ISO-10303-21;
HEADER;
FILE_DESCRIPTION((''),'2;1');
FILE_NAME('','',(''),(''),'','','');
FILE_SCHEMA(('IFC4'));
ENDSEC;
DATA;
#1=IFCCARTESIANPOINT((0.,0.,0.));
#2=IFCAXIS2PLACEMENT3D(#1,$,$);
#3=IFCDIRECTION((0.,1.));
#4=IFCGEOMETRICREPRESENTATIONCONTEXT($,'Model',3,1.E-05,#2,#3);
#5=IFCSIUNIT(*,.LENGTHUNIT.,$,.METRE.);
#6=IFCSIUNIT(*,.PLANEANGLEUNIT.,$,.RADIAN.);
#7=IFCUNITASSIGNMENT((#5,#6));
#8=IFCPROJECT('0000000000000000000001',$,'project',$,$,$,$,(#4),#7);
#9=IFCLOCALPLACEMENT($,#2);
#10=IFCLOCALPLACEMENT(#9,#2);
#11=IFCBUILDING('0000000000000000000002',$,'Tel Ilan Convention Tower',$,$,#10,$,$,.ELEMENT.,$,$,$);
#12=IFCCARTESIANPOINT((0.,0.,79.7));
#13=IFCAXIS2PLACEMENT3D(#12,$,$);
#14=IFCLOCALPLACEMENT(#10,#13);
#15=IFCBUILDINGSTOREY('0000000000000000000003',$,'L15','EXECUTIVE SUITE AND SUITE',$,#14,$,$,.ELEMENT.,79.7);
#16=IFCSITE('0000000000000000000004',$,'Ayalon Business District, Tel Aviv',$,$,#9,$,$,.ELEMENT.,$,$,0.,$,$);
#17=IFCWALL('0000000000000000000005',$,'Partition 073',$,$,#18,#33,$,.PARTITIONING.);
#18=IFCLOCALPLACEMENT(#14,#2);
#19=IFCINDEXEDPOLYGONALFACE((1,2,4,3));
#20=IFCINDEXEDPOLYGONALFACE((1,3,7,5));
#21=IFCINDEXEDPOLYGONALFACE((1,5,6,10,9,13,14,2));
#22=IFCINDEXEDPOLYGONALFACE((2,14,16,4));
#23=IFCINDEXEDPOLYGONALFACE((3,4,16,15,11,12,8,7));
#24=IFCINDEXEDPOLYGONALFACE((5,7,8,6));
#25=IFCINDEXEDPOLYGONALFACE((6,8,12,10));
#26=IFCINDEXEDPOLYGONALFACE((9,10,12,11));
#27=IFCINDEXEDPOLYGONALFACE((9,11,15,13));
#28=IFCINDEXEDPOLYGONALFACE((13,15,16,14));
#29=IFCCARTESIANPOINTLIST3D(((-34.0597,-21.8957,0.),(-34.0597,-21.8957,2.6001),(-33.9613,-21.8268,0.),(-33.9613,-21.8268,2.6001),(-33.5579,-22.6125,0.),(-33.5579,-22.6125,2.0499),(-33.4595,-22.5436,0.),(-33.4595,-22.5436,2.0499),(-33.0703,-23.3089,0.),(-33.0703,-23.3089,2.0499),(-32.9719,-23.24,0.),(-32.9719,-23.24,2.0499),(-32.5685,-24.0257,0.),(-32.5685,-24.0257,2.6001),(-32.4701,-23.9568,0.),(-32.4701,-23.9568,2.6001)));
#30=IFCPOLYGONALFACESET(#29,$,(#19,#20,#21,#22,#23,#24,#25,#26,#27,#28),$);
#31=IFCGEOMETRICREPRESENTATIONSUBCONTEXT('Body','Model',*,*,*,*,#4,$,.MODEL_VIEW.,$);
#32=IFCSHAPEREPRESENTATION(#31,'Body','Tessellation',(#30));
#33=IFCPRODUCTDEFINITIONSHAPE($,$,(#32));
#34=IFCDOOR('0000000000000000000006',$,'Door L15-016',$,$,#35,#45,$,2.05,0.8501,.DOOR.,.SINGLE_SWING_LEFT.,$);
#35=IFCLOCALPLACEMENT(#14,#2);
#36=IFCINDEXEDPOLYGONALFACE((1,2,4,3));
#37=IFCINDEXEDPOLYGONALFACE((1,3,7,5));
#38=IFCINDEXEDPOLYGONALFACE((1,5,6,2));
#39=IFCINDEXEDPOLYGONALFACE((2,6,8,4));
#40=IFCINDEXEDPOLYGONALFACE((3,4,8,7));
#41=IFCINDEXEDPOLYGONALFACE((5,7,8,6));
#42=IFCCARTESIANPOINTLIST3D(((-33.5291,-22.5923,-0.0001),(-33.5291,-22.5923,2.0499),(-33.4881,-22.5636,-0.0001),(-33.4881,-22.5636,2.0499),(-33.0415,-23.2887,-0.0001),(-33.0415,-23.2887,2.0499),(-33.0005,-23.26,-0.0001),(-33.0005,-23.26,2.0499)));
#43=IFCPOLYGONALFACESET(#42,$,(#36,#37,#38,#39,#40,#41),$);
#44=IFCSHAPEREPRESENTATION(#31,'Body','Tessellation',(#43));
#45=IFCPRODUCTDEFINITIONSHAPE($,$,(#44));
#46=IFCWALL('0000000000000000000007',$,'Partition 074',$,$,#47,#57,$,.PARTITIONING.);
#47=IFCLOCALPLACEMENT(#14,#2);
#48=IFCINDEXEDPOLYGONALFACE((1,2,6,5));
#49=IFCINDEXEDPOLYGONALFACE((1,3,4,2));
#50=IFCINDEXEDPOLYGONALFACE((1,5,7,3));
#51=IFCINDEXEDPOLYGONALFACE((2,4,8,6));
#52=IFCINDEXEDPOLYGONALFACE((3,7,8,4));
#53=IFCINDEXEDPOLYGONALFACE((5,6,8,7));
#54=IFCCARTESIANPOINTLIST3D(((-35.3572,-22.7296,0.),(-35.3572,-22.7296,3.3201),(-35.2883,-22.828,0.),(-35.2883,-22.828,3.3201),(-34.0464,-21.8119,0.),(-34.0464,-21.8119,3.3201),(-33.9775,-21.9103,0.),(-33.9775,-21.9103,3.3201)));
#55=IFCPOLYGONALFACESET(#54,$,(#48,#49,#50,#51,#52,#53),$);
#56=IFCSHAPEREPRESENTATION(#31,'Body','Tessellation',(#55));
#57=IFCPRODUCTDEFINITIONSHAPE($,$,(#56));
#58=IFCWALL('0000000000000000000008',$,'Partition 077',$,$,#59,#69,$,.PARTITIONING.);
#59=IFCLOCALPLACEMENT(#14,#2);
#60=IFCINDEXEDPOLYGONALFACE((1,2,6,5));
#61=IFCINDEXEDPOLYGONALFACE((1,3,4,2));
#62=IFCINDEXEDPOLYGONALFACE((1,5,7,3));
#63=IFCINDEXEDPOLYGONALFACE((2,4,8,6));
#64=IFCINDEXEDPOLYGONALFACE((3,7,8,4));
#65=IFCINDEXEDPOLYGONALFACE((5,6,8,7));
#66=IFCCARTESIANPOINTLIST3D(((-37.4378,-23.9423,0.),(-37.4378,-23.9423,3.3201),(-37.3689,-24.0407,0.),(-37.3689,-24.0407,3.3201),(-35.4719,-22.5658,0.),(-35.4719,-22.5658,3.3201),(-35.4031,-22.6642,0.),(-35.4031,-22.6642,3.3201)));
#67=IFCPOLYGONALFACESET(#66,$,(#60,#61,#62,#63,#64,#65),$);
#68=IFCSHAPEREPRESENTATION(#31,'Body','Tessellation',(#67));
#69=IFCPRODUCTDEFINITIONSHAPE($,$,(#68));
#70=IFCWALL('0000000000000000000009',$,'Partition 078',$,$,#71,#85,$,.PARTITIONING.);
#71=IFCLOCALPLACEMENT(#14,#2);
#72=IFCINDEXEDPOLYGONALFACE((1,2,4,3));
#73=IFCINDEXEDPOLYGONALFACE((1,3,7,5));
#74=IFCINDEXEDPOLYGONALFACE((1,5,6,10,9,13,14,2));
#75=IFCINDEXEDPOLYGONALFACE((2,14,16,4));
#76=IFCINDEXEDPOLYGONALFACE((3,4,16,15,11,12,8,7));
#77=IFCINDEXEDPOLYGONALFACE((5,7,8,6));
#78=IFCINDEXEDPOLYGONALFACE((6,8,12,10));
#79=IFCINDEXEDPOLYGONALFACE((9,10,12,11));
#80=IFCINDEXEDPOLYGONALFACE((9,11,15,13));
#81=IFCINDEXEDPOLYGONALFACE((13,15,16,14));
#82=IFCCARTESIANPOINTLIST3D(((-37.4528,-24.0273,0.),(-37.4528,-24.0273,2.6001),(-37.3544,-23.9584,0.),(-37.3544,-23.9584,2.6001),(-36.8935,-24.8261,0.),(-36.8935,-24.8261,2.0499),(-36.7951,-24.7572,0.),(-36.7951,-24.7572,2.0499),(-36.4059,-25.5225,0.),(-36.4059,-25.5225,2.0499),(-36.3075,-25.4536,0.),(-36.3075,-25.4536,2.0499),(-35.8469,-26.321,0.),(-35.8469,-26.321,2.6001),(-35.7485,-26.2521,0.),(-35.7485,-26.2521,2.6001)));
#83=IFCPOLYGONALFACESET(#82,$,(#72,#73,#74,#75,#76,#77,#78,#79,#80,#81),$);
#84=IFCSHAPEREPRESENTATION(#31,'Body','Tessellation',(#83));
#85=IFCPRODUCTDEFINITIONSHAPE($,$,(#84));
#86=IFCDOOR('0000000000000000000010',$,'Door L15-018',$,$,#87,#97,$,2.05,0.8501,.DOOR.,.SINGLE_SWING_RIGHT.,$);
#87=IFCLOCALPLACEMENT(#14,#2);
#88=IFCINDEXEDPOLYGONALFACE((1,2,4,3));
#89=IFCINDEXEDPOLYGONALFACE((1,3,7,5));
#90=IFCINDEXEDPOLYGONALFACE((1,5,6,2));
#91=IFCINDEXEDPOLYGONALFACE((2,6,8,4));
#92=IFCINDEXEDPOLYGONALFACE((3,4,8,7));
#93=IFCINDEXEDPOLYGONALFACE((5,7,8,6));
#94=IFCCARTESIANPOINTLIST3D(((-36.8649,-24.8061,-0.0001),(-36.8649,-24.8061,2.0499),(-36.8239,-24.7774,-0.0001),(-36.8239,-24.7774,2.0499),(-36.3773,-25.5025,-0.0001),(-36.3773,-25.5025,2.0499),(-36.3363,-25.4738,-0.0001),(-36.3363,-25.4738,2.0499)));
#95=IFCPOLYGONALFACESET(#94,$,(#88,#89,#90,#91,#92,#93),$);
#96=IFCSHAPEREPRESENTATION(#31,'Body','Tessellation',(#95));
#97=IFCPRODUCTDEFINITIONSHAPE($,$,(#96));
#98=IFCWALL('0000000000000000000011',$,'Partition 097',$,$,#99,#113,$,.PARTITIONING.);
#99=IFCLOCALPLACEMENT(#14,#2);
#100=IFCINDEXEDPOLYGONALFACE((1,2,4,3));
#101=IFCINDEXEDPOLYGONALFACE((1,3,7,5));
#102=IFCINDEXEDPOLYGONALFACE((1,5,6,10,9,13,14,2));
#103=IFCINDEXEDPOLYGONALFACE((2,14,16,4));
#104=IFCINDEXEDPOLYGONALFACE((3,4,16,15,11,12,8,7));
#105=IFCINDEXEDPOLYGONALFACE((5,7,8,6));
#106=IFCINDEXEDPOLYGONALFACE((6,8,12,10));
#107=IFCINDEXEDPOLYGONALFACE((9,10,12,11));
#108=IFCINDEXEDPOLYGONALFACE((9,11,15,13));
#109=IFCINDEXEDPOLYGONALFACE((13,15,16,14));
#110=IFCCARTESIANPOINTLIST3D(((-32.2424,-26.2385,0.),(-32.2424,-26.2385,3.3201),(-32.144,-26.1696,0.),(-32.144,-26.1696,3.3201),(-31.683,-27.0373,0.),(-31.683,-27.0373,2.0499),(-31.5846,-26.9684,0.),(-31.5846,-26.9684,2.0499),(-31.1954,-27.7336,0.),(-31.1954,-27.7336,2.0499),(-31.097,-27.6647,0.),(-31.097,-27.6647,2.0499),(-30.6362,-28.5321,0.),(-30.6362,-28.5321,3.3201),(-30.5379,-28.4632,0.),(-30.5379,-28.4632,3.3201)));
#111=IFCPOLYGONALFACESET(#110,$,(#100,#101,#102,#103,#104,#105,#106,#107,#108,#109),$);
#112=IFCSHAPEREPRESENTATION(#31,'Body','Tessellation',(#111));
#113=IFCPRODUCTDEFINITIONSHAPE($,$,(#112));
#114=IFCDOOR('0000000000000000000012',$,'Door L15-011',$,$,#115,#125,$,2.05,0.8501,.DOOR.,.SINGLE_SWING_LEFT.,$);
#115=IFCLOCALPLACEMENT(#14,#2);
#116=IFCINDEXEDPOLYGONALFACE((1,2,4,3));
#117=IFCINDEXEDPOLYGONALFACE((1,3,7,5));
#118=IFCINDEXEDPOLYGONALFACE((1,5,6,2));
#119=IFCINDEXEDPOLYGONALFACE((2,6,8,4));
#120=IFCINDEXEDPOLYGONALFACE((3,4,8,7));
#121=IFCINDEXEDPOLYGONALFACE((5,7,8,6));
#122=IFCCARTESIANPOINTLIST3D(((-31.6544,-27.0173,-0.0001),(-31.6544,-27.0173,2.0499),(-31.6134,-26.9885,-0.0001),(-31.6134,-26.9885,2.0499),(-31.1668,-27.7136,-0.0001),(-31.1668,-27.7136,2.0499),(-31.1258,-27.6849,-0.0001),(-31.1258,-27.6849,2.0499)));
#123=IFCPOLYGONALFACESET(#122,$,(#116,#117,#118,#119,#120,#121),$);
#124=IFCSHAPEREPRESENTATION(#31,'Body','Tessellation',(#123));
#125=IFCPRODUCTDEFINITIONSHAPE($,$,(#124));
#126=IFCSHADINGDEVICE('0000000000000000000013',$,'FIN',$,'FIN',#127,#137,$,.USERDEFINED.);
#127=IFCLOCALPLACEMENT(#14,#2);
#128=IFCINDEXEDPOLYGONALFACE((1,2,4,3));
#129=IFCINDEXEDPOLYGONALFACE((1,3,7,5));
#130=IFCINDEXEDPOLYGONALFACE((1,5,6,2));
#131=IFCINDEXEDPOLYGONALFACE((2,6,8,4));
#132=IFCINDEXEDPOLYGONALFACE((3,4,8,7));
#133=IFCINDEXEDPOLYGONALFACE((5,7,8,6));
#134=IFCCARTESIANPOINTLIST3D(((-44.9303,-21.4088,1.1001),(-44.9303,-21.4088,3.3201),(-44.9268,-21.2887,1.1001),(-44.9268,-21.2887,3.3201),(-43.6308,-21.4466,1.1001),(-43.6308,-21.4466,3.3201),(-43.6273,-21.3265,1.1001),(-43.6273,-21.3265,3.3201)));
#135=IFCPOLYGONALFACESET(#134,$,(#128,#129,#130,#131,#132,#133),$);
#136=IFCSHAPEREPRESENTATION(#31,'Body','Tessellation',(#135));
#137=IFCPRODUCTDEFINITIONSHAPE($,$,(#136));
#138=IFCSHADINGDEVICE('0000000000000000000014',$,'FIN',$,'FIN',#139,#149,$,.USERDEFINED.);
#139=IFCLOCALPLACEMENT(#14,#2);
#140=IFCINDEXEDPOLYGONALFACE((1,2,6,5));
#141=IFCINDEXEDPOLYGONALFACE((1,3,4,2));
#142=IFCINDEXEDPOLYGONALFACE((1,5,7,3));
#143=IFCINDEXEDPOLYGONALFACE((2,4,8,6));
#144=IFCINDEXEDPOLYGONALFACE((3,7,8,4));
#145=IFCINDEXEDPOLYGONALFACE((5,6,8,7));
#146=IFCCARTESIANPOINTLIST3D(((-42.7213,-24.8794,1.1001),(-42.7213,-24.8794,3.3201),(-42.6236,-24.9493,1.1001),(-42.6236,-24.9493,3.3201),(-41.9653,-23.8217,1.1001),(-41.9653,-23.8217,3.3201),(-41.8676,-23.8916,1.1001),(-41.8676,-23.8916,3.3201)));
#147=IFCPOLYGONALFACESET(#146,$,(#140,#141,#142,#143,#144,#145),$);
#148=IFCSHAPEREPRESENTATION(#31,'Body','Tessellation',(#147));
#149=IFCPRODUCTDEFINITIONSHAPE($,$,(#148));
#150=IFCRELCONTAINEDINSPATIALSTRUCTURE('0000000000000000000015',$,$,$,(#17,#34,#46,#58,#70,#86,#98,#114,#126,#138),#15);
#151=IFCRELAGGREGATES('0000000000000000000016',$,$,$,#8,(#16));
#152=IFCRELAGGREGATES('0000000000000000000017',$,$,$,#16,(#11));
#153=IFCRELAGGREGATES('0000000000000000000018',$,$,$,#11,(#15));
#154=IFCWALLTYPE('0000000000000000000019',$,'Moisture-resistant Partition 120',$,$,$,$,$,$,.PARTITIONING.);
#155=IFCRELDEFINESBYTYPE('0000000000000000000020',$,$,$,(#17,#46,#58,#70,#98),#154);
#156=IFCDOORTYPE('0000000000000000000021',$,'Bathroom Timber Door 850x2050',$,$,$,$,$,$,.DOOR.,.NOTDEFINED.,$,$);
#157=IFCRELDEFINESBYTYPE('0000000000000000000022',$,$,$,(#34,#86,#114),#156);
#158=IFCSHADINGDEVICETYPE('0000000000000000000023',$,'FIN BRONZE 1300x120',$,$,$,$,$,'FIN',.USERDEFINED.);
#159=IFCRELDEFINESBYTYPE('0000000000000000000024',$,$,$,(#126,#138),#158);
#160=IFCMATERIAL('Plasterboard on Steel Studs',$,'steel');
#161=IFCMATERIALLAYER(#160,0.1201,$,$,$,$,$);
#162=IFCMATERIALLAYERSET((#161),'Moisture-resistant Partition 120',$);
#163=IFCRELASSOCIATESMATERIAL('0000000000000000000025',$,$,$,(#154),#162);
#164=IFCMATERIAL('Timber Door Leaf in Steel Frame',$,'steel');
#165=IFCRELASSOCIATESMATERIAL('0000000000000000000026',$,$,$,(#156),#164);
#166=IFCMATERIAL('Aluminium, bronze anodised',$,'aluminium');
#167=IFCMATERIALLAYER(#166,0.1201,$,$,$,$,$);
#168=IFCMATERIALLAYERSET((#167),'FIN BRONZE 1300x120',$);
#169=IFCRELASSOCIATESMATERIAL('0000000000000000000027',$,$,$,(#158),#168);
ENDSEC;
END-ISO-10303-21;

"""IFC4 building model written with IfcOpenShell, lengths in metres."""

from ifc_helpers import new_model, si_unit, direction, frame, frame_2d, origin, origin_2d, place, context, subcontext, project, spatial, rectangle, extrude, material, layer, layer_set, type_object, element, fill, save


model = new_model("IFC4")

# Units and contexts
model_context = context("Model", 3, precision=1e-05, world=origin(), true_north=direction((0.0, 1.0)))
body_context = subcontext(model_context, "Body", "Model", "MODEL_VIEW")
ifc_project = project(units=[si_unit("LENGTHUNIT", "METRE"), si_unit("PLANEANGLEUNIT", "RADIAN")], contexts=[model_context])

# Site, building, storey
site_placement = place(None, origin())
site = spatial("IfcSite", under=ifc_project, at=site_placement, Name="Ayalon Business District, Tel Aviv", CompositionType="ELEMENT", RefElevation=0.0)
building_placement = place(site_placement, origin())
building = spatial("IfcBuilding", under=site, at=building_placement, Name="Tel Ilan Convention Tower", CompositionType="ELEMENT")
storey_placement = place(building_placement, frame((0.0, 0.0, 79.7)))
storey = spatial("IfcBuildingStorey", under=building, at=storey_placement, Name="L15", Description="EXECUTIVE SUITE AND SUITE", CompositionType="ELEMENT", Elevation=79.7)

# Wall, opening, door
ifc_material_1 = material(Name="Plasterboard on Steel Studs", Category="steel")
ifc_layer_1 = layer(ifc_material_1, 0.1201)
ifc_layer_set_1 = layer_set([ifc_layer_1], Name="Moisture-resistant Partition 120")
wall_type_1 = type_object("IfcWallType", Name="Moisture-resistant Partition 120", PredefinedType="PARTITIONING", material=ifc_layer_set_1)
wall_1_placement = place(storey_placement, frame((-32.5193, -23.9912, 0.0), z_axis=(0.0, 0.0, 1.0), x_axis=(-0.573538, 0.819179, 0.0)))
wall_1 = element("IfcWall", 1, at=wall_1_placement, inside=storey, type_object=wall_type_1, Name="Partition 073", PredefinedType="PARTITIONING", context=body_context, shape_type="SweptSolid", body=[
    extrude(rectangle(XDim=2.6001, YDim=0.1201, at=frame_2d((1.3, 0.0))), origin(), (0.0, 0.0, 1.0), 2.6001),
])
opening_1_placement = place(wall_1_placement, frame((0.875, 0.0, 0.0)))
opening_1 = element("IfcOpeningElement", 2, at=opening_1_placement, cuts=wall_1, PredefinedType="OPENING", context=body_context, shape_type="SweptSolid", body=[
    extrude(rectangle(XDim=0.8501, YDim=2.05, at=frame_2d((0.425, 1.0249))), frame((0.0, 0.0701, 0.0), z_axis=(0.0, -1.0, 0.0), x_axis=(1.0, 0.0, 0.0)), (0.0, 0.0, 1.0), 0.1401),
])
ifc_material_2 = material(Name="Timber Door Leaf in Steel Frame", Category="steel")
door_type_1 = type_object("IfcDoorType", Name="Bathroom Timber Door 850x2050", OperationType="NOTDEFINED", PredefinedType="DOOR", material=ifc_material_2)
door_1_placement = place(opening_1_placement, origin())
door_1 = element("IfcDoor", 3, at=door_1_placement, inside=storey, type_object=door_type_1, Name="Door L15-016", OperationType="SINGLE_SWING_LEFT", OverallHeight=2.05, OverallWidth=0.8501, PredefinedType="DOOR", context=body_context, shape_type="SweptSolid", body=[
    extrude(rectangle(XDim=0.8501, YDim=2.05, at=frame_2d((0.425, 1.0249))), frame((0.0, 0.0249, 0.0), z_axis=(0.0, -1.0, 0.0), x_axis=(1.0, 0.0, 0.0)), (0.0, 0.0, 1.0), 0.05),
])
fill(opening_1, door_1)

# Walls
wall_2_placement = place(storey_placement, frame((-34.012, -21.8611, 0.0), z_axis=(0.0, 0.0, 1.0), x_axis=(-0.819182, -0.573534, 0.0)))
element("IfcWall", 4, at=wall_2_placement, inside=storey, type_object=wall_type_1, Name="Partition 074", PredefinedType="PARTITIONING", context=body_context, shape_type="SweptSolid", body=[
    extrude(rectangle(XDim=1.6001, YDim=0.1201, at=frame_2d((0.8, 0.0))), origin(), (0.0, 0.0, 1.0), 3.3201),
])
wall_3_placement = place(storey_placement, frame((-35.4375, -22.615, 0.0), z_axis=(0.0, 0.0, 1.0), x_axis=(-0.819155, -0.573572, 0.0)))
element("IfcWall", 5, at=wall_3_placement, inside=storey, type_object=wall_type_1, Name="Partition 077", PredefinedType="PARTITIONING", context=body_context, shape_type="SweptSolid", body=[
    extrude(rectangle(XDim=2.3999, YDim=0.1201, at=frame_2d((1.2, 0.0))), origin(), (0.0, 0.0, 1.0), 3.3201),
])

# Walls, openings, doors
wall_4_placement = place(storey_placement, frame((-37.4036, -23.9929, 0.0), z_axis=(0.0, 0.0, 1.0), x_axis=(0.57355, -0.81917, 0.0)))
wall_4 = element("IfcWall", 6, at=wall_4_placement, inside=storey, type_object=wall_type_1, Name="Partition 078", PredefinedType="PARTITIONING", context=body_context, shape_type="SweptSolid", body=[
    extrude(rectangle(XDim=2.8, YDim=0.1201, at=frame_2d((1.3999, 0.0))), origin(), (0.0, 0.0, 1.0), 2.6001),
])
opening_2_placement = place(wall_4_placement, frame((0.9751, 0.0, 0.0)))
opening_2 = element("IfcOpeningElement", 7, at=opening_2_placement, cuts=wall_4, PredefinedType="OPENING", context=body_context, shape_type="SweptSolid", body=[
    extrude(rectangle(XDim=0.8501, YDim=2.05, at=frame_2d((0.425, 1.0249))), frame((0.0, 0.0701, 0.0), z_axis=(0.0, -1.0, 0.0), x_axis=(1.0, 0.0, 0.0)), (0.0, 0.0, 1.0), 0.1401),
])
door_2_placement = place(opening_2_placement, origin())
door_2 = element("IfcDoor", 8, at=door_2_placement, inside=storey, type_object=door_type_1, Name="Door L15-018", OperationType="SINGLE_SWING_RIGHT", OverallHeight=2.05, OverallWidth=0.8501, PredefinedType="DOOR", context=body_context, shape_type="SweptSolid", body=[
    extrude(rectangle(XDim=0.8501, YDim=2.05, at=frame_2d((0.425, 1.0249))), frame((0.0, 0.0249, 0.0), z_axis=(0.0, -1.0, 0.0), x_axis=(1.0, 0.0, 0.0)), (0.0, 0.0, 1.0), 0.05),
])
fill(opening_2, door_2)
wall_5_placement = place(storey_placement, frame((-32.1931, -26.2041, 0.0), z_axis=(0.0, 0.0, 1.0), x_axis=(0.573609, -0.81913, 0.0)))
wall_5 = element("IfcWall", 9, at=wall_5_placement, inside=storey, type_object=wall_type_1, Name="Partition 097", PredefinedType="PARTITIONING", context=body_context, shape_type="SweptSolid", body=[
    extrude(rectangle(XDim=2.8, YDim=0.1201, at=frame_2d((1.3999, 0.0))), origin(), (0.0, 0.0, 1.0), 3.3201),
])
opening_3_placement = place(wall_5_placement, frame((0.9751, 0.0, 0.0)))
opening_3 = element("IfcOpeningElement", 10, at=opening_3_placement, cuts=wall_5, PredefinedType="OPENING", context=body_context, shape_type="SweptSolid", body=[
    extrude(rectangle(XDim=0.8501, YDim=2.05, at=frame_2d((0.425, 1.0249))), frame((0.0, 0.0701, 0.0), z_axis=(0.0, -1.0, 0.0), x_axis=(1.0, 0.0, 0.0)), (0.0, 0.0, 1.0), 0.1401),
])
door_3_placement = place(opening_3_placement, origin())
door_3 = element("IfcDoor", 11, at=door_3_placement, inside=storey, type_object=door_type_1, Name="Door L15-011", OperationType="SINGLE_SWING_LEFT", OverallHeight=2.05, OverallWidth=0.8501, PredefinedType="DOOR", context=body_context, shape_type="SweptSolid", body=[
    extrude(rectangle(XDim=0.8501, YDim=2.05, at=frame_2d((0.425, 1.0249))), frame((0.0, 0.0249, 0.0), z_axis=(0.0, -1.0, 0.0), x_axis=(1.0, 0.0, 0.0)), (0.0, 0.0, 1.0), 0.05),
])
fill(opening_3, door_3)

# Shading devices
ifc_material_3 = material(Name="Aluminium, bronze anodised", Category="aluminium")
ifc_layer_2 = layer(ifc_material_3, 0.1201)
ifc_layer_set_2 = layer_set([ifc_layer_2], Name="FIN BRONZE 1300x120")
shading_device_type = type_object("IfcShadingDeviceType", Name="FIN BRONZE 1300x120", ElementType="FIN", PredefinedType="USERDEFINED", material=ifc_layer_set_2)
for number, where, z_axis, x_axis, name in (
    (12, (-44.2788, -21.3677, 1.1001), (0.0, 0.0, 1.0), (-0.999577, 0.029085, 0.0), "FIN"),
    (13, (-42.2944, -24.3855, 1.1001), (0.0, 0.0, 1.0), (-0.581492, -0.813552, 0.0), "FIN"),
):
    element("IfcShadingDevice", number, at=place(storey_placement, frame(where, z_axis=z_axis, x_axis=x_axis)), inside=storey, type_object=shading_device_type, Name=name, ObjectType="FIN", PredefinedType="USERDEFINED", context=body_context, shape_type="SweptSolid", body=[
        extrude(rectangle(XDim=1.3, YDim=0.1201, at=origin_2d()), origin(), (0.0, 0.0, 1.0), 2.22),
    ])

save(model, "model.ifc")
